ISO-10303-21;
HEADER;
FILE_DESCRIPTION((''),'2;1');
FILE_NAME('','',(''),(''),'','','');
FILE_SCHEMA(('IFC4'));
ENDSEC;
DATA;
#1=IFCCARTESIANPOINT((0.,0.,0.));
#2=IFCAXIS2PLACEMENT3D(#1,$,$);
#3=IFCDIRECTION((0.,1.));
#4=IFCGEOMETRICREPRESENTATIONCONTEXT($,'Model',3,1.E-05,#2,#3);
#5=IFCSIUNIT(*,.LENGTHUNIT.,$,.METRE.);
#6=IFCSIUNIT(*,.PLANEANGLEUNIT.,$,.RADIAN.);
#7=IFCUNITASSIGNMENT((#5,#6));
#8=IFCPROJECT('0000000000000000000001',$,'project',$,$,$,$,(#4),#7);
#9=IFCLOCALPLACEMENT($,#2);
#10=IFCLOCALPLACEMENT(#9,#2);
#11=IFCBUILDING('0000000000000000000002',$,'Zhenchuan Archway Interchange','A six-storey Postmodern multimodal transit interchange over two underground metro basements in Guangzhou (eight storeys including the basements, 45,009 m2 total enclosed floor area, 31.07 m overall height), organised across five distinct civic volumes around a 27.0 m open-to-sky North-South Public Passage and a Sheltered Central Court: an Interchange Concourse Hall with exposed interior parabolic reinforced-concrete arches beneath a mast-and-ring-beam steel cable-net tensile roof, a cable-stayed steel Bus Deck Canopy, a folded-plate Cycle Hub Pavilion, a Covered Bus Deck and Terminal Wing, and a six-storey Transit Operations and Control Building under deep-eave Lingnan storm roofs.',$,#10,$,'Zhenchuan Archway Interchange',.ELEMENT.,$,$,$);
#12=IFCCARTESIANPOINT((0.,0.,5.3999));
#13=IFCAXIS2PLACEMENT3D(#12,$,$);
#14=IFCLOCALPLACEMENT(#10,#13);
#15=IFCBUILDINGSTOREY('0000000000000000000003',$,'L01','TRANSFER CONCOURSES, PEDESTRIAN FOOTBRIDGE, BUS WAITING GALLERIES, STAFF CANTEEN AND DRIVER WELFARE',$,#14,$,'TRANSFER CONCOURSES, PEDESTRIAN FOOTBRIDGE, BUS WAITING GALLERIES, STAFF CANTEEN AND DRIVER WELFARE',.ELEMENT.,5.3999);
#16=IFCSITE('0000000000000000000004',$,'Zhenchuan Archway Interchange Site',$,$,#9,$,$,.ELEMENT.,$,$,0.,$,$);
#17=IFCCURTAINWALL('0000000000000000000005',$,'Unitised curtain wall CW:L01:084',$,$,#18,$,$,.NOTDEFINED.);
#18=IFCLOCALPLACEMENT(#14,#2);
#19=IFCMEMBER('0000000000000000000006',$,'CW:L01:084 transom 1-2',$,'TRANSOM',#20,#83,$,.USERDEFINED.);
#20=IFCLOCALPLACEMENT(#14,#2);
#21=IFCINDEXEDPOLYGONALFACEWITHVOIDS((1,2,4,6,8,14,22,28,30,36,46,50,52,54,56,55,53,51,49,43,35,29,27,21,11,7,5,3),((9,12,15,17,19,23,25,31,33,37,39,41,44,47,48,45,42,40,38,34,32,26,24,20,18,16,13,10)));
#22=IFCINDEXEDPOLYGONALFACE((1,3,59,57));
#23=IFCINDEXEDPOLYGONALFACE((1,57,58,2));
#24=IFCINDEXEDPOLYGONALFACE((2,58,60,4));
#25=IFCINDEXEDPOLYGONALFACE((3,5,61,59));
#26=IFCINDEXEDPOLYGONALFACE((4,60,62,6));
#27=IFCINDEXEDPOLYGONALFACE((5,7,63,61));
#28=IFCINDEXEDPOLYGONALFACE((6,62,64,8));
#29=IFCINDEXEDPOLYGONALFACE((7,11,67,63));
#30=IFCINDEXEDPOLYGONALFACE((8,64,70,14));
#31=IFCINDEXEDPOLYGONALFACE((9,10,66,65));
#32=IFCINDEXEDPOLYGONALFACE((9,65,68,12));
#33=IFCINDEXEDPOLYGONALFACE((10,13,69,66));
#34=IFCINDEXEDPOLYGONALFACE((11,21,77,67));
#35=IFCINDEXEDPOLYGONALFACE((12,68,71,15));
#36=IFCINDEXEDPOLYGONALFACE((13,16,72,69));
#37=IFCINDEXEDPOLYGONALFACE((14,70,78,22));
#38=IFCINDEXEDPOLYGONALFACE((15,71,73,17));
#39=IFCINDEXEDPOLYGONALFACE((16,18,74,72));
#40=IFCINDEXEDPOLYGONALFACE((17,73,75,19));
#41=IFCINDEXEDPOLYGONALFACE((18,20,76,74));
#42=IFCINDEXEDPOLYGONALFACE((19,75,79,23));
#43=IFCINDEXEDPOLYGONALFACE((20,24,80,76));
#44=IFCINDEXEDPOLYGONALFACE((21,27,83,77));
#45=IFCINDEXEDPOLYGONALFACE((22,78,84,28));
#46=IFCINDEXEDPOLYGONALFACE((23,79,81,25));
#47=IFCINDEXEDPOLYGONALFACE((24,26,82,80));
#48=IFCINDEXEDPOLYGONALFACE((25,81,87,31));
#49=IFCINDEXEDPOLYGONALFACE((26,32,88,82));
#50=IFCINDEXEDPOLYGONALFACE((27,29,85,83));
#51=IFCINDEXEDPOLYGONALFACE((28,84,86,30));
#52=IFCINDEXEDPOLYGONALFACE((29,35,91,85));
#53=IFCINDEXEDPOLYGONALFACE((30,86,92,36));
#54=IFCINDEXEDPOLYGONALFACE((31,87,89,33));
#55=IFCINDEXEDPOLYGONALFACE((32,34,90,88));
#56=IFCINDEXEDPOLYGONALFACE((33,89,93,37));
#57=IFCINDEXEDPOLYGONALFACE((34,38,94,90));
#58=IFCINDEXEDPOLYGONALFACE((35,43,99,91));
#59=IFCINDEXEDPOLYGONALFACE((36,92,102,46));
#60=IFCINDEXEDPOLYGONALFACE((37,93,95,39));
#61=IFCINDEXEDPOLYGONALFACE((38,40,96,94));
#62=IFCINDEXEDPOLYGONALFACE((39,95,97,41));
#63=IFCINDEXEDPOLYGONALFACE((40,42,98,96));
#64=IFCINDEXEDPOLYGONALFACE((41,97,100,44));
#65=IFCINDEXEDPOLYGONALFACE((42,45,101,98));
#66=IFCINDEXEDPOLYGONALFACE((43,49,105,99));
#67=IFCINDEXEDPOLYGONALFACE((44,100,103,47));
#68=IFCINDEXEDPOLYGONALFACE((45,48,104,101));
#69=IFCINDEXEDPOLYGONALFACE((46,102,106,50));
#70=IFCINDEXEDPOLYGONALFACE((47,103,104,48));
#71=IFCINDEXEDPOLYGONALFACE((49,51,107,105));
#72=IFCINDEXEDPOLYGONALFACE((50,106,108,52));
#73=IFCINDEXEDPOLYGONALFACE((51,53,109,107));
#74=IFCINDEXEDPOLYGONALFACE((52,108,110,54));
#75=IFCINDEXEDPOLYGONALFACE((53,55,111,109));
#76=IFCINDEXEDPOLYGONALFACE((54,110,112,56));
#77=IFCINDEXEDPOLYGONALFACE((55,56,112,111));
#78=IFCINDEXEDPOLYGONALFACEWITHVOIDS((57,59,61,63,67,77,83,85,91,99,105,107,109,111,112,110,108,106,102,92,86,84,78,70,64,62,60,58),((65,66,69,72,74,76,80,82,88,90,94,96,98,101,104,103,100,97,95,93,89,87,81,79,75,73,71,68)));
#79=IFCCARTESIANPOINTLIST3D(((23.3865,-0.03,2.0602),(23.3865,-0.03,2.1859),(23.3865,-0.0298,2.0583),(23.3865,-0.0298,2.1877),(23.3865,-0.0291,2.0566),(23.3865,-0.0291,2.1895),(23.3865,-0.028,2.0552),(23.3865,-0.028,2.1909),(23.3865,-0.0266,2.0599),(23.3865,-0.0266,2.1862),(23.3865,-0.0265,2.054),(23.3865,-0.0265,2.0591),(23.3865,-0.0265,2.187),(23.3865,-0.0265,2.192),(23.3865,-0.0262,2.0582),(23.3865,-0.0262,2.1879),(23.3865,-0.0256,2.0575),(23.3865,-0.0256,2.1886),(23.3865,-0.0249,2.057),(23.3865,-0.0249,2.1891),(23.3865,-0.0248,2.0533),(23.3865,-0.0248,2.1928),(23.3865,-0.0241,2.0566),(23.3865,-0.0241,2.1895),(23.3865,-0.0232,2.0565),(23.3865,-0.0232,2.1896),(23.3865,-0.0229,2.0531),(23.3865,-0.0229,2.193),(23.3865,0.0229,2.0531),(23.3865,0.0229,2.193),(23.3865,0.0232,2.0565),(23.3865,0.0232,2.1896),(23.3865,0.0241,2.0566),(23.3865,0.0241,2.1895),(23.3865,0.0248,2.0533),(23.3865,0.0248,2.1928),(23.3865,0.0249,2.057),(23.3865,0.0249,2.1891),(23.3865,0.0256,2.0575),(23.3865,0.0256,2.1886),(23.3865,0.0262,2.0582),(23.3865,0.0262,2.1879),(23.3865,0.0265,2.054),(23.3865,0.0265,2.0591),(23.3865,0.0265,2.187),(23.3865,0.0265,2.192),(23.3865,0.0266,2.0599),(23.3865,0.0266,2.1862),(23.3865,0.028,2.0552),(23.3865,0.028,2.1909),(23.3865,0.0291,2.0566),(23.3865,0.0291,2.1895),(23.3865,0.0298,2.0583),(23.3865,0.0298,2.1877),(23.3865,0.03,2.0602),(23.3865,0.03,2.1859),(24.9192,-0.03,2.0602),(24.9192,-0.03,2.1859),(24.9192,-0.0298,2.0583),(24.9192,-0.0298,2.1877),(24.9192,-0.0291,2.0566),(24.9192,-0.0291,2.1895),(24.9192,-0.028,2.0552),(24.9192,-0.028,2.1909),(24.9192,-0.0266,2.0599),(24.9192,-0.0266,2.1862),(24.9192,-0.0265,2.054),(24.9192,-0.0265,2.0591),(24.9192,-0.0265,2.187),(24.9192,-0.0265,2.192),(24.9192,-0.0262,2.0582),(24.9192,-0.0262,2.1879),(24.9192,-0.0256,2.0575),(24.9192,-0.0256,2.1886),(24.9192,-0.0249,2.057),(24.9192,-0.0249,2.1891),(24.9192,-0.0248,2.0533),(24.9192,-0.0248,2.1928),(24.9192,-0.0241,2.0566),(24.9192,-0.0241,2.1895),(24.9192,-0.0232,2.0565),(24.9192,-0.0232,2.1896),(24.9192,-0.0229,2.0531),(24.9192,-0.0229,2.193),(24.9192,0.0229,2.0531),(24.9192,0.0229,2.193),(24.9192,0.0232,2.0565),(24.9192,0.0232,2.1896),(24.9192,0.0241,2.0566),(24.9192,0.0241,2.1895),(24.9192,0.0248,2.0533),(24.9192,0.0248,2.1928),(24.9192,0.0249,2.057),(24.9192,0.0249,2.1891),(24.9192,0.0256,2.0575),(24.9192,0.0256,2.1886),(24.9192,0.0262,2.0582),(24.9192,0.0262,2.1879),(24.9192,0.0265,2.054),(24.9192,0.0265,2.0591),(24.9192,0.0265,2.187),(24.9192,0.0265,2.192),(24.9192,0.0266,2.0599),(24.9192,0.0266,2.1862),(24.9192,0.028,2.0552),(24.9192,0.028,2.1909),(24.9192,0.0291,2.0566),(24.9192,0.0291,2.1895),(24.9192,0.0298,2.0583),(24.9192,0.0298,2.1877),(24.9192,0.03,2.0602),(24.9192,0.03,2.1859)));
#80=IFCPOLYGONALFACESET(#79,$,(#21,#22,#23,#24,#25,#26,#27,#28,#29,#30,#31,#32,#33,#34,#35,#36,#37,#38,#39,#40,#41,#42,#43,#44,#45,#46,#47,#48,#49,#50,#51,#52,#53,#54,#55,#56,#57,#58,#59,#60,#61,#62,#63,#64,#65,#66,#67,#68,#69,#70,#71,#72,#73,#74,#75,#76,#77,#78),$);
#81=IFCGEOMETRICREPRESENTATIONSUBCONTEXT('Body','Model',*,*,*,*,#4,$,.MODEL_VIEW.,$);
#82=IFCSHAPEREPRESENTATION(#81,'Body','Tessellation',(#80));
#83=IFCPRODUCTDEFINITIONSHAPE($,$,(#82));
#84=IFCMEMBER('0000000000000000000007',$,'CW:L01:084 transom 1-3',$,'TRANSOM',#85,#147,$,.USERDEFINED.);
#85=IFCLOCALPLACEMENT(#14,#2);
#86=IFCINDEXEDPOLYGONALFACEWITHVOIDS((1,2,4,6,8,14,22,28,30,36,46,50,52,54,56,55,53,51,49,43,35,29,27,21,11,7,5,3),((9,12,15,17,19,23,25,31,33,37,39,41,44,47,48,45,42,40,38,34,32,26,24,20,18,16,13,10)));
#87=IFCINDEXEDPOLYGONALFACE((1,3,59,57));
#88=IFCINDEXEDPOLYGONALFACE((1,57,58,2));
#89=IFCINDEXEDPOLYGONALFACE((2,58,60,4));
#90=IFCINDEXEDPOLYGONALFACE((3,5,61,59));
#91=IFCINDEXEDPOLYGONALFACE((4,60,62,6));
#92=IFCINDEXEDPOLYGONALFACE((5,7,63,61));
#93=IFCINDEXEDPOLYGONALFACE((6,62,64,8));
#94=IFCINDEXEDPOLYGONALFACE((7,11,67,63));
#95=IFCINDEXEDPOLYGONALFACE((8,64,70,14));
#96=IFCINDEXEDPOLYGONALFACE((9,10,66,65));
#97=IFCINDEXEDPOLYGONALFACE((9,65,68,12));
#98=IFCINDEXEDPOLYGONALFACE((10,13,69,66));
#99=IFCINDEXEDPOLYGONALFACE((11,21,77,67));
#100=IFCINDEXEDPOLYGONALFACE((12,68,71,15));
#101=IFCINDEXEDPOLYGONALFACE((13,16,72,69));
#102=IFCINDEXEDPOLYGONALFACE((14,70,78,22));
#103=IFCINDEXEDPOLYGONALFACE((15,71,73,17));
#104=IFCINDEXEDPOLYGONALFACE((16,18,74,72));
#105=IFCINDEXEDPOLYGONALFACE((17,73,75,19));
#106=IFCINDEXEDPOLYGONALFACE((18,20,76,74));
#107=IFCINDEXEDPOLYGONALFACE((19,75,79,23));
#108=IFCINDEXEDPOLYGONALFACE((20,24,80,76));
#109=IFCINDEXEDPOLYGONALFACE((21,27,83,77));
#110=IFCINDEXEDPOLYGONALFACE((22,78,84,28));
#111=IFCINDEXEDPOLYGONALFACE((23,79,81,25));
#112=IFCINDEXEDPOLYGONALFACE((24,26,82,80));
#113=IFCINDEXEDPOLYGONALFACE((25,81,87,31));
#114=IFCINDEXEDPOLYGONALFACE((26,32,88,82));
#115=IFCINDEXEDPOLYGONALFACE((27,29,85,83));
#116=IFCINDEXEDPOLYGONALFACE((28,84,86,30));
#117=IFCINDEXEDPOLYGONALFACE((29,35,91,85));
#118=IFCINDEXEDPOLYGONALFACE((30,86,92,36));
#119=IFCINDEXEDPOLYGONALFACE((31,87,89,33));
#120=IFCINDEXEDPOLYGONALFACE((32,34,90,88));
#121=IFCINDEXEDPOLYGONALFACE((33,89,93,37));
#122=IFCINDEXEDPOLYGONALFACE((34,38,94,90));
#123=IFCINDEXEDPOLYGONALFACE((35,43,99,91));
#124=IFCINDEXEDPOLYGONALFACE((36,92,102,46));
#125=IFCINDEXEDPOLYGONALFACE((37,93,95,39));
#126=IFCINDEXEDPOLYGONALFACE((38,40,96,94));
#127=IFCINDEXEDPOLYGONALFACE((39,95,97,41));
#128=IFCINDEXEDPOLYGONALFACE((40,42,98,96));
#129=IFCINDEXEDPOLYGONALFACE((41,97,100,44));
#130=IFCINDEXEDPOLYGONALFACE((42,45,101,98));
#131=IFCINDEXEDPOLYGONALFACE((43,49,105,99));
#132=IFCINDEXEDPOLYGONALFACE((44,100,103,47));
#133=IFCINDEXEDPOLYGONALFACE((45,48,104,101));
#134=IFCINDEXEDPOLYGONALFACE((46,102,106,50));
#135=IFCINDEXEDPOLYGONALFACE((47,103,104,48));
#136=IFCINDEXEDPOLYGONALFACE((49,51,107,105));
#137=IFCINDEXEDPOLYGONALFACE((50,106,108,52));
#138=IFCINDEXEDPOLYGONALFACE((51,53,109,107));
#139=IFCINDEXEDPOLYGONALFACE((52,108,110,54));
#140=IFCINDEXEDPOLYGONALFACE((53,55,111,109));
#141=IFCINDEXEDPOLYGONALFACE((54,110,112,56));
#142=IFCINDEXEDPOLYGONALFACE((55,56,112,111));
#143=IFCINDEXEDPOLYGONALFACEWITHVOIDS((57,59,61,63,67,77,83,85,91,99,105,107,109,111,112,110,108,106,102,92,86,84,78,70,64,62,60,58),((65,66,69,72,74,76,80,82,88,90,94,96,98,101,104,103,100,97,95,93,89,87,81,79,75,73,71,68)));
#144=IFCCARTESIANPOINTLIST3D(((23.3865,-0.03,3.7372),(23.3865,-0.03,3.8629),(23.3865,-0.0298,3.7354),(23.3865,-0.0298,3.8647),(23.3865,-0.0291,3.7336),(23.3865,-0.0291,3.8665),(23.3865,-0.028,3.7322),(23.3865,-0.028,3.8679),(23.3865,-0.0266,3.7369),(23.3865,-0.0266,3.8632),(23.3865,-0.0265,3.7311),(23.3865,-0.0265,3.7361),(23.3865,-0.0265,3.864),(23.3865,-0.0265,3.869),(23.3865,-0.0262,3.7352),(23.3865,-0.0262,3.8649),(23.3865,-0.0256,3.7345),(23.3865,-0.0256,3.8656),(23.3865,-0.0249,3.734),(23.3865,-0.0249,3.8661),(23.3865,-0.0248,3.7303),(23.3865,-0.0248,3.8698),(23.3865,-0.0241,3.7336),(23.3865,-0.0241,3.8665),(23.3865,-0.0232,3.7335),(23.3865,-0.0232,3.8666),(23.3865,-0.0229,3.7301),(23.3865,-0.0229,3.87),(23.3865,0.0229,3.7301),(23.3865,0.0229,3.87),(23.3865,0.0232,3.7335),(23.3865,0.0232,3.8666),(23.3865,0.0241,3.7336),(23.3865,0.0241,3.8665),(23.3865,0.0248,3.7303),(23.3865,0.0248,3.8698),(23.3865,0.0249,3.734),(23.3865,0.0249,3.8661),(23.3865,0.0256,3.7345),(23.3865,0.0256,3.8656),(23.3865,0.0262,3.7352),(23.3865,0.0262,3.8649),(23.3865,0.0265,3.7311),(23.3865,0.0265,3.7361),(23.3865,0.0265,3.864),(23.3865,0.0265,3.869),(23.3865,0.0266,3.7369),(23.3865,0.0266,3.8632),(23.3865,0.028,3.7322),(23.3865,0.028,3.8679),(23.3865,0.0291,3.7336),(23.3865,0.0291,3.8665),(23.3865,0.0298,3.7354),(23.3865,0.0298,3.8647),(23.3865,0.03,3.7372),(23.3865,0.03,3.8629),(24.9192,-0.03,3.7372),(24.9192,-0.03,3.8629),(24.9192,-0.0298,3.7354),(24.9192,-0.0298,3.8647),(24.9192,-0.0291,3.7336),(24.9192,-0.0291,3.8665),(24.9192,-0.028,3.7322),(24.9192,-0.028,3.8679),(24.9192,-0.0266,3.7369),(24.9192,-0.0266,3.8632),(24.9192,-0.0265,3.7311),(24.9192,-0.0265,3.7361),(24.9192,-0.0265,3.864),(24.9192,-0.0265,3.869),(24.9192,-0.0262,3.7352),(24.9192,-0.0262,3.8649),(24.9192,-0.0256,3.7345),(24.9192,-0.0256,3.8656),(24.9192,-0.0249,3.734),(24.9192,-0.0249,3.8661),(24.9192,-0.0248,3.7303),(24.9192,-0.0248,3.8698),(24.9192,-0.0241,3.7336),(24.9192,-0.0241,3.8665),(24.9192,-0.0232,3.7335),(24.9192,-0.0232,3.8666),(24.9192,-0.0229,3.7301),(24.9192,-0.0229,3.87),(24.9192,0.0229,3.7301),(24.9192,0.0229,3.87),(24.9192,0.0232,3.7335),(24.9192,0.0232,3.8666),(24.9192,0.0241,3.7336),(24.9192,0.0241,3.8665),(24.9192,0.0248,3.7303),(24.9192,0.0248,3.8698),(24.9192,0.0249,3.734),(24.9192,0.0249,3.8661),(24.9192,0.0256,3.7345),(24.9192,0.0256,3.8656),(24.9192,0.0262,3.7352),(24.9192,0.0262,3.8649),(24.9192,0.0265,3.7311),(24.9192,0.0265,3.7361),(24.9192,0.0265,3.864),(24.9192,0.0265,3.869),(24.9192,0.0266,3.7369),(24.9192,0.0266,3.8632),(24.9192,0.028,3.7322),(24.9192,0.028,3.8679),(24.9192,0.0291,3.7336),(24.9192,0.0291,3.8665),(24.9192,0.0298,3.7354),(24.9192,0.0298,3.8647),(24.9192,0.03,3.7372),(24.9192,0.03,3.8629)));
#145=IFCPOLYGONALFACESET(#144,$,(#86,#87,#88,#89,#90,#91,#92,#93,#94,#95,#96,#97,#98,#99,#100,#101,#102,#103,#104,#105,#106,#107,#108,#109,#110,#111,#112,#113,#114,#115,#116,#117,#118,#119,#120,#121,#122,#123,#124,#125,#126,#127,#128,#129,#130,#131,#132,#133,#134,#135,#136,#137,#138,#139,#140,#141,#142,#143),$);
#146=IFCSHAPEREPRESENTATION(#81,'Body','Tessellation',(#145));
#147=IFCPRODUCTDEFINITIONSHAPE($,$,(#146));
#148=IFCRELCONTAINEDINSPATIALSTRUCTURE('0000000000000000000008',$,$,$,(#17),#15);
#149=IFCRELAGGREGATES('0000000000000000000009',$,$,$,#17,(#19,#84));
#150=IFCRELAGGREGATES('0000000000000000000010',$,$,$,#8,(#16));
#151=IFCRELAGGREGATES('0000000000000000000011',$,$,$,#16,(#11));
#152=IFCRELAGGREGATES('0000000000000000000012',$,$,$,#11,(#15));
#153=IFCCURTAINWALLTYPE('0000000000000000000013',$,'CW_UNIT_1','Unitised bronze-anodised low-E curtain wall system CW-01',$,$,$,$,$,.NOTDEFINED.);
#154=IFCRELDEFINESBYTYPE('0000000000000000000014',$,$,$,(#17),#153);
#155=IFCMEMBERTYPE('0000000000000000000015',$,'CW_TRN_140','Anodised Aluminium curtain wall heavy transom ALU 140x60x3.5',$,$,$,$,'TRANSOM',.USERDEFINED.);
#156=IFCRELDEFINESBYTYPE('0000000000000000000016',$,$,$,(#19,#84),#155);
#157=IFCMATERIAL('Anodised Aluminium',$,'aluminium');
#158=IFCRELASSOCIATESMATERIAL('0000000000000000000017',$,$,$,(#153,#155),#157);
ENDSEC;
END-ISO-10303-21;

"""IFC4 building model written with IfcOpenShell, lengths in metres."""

from ifc_helpers import new_model, si_unit, direction, frame, origin, origin_2d, place, context, subcontext, project, spatial, hollow_rectangle, extrude, material, material_profile, profile_set, type_object, element, aggregate, save


model = new_model("IFC4")

# Units and contexts
model_context = context("Model", 3, precision=1e-05, world=origin(), true_north=direction((0.0, 1.0)))
body_context = subcontext(model_context, "Body", "Model", "MODEL_VIEW")
ifc_project = project(units=[si_unit("LENGTHUNIT", "METRE"), si_unit("PLANEANGLEUNIT", "RADIAN")], contexts=[model_context])

# Site, building, storey
site_placement = place(None, origin())
site = spatial("IfcSite", under=ifc_project, at=site_placement, Name="Zhenchuan Archway Interchange Site", CompositionType="ELEMENT", RefElevation=0.0)
building_placement = place(site_placement, origin())
building = spatial("IfcBuilding", under=site, at=building_placement, Name="Zhenchuan Archway Interchange", Description="A six-storey Postmodern multimodal transit interchange over two underground metro basements in Guangzhou (eight storeys including the basements, 45,009 m2 total enclosed floor area, 31.07 m overall height), organised across five distinct civic volumes around a 27.0 m open-to-sky North-South Public Passage and a Sheltered Central Court: an Interchange Concourse Hall with exposed interior parabolic reinforced-concrete arches beneath a mast-and-ring-beam steel cable-net tensile roof, a cable-stayed steel Bus Deck Canopy, a folded-plate Cycle Hub Pavilion, a Covered Bus Deck and Terminal Wing, and a six-storey Transit Operations and Control Building under deep-eave Lingnan storm roofs.", LongName="Zhenchuan Archway Interchange", CompositionType="ELEMENT")
storey_placement = place(building_placement, frame((0.0, 0.0, 5.3999)))
storey = spatial("IfcBuildingStorey", under=building, at=storey_placement, Name="L01", Description="TRANSFER CONCOURSES, PEDESTRIAN FOOTBRIDGE, BUS WAITING GALLERIES, STAFF CANTEEN AND DRIVER WELFARE", LongName="TRANSFER CONCOURSES, PEDESTRIAN FOOTBRIDGE, BUS WAITING GALLERIES, STAFF CANTEEN AND DRIVER WELFARE", CompositionType="ELEMENT", Elevation=5.3999)

# Curtain wall, members
ifc_material_1 = material(Name="Anodised Aluminium", Category="aluminium")
curtain_wall_type = type_object("IfcCurtainWallType", Name="CW_UNIT_1", Description="Unitised bronze-anodised low-E curtain wall system CW-01", PredefinedType="NOTDEFINED", material=ifc_material_1)
curtain_wall_placement = place(storey_placement, origin())
curtain_wall = element("IfcCurtainWall", 1, at=curtain_wall_placement, inside=storey, type_object=curtain_wall_type, Name="Unitised curtain wall CW:L01:084", PredefinedType="NOTDEFINED")
ifc_material_profile_1 = material_profile(ifc_material_1, hollow_rectangle(XDim=0.0601, YDim=0.1399, WallThickness=0.0034, InnerFilletRadius=0.0034, OuterFilletRadius=0.0071, at=origin_2d()), Name="ALU 140x60x3.5")
ifc_profile_set_1 = profile_set([ifc_material_profile_1], Name="Anodised Aluminium")
member_type_1 = type_object("IfcMemberType", Name="CW_TRN_140", Description="Anodised Aluminium curtain wall heavy transom ALU 140x60x3.5", ElementType="TRANSOM", PredefinedType="USERDEFINED", material=ifc_profile_set_1)
member_1_placement = place(storey_placement, frame((24.9192, 0.0, 2.123), z_axis=(-1.0, 0.0, 0.0), x_axis=(0.0, -1.0, 0.0)))
member_1 = element("IfcMember", 2, at=member_1_placement, type_object=member_type_1, Name="CW:L01:084 transom 1-2", ObjectType="TRANSOM", PredefinedType="USERDEFINED", context=body_context, shape_type="SweptSolid", body=[
    extrude(hollow_rectangle(XDim=0.0601, YDim=0.1399, WallThickness=0.0034, InnerFilletRadius=0.0034, OuterFilletRadius=0.0071, at=origin_2d()), origin(), (0.0, 0.0, 1.0), 1.5327),
])
member_2_placement = place(storey_placement, frame((24.9192, 0.0, 3.8), z_axis=(-1.0, 0.0, 0.0), x_axis=(0.0, -1.0, 0.0)))
member_2 = element("IfcMember", 3, at=member_2_placement, type_object=member_type_1, Name="CW:L01:084 transom 1-3", ObjectType="TRANSOM", PredefinedType="USERDEFINED", context=body_context, shape_type="SweptSolid", body=[
    extrude(hollow_rectangle(XDim=0.0601, YDim=0.1399, WallThickness=0.0034, InnerFilletRadius=0.0034, OuterFilletRadius=0.0071, at=origin_2d()), origin(), (0.0, 0.0, 1.0), 1.5327),
])

aggregate(curtain_wall, [member_1, member_2])

save(model, "model.ifc")
